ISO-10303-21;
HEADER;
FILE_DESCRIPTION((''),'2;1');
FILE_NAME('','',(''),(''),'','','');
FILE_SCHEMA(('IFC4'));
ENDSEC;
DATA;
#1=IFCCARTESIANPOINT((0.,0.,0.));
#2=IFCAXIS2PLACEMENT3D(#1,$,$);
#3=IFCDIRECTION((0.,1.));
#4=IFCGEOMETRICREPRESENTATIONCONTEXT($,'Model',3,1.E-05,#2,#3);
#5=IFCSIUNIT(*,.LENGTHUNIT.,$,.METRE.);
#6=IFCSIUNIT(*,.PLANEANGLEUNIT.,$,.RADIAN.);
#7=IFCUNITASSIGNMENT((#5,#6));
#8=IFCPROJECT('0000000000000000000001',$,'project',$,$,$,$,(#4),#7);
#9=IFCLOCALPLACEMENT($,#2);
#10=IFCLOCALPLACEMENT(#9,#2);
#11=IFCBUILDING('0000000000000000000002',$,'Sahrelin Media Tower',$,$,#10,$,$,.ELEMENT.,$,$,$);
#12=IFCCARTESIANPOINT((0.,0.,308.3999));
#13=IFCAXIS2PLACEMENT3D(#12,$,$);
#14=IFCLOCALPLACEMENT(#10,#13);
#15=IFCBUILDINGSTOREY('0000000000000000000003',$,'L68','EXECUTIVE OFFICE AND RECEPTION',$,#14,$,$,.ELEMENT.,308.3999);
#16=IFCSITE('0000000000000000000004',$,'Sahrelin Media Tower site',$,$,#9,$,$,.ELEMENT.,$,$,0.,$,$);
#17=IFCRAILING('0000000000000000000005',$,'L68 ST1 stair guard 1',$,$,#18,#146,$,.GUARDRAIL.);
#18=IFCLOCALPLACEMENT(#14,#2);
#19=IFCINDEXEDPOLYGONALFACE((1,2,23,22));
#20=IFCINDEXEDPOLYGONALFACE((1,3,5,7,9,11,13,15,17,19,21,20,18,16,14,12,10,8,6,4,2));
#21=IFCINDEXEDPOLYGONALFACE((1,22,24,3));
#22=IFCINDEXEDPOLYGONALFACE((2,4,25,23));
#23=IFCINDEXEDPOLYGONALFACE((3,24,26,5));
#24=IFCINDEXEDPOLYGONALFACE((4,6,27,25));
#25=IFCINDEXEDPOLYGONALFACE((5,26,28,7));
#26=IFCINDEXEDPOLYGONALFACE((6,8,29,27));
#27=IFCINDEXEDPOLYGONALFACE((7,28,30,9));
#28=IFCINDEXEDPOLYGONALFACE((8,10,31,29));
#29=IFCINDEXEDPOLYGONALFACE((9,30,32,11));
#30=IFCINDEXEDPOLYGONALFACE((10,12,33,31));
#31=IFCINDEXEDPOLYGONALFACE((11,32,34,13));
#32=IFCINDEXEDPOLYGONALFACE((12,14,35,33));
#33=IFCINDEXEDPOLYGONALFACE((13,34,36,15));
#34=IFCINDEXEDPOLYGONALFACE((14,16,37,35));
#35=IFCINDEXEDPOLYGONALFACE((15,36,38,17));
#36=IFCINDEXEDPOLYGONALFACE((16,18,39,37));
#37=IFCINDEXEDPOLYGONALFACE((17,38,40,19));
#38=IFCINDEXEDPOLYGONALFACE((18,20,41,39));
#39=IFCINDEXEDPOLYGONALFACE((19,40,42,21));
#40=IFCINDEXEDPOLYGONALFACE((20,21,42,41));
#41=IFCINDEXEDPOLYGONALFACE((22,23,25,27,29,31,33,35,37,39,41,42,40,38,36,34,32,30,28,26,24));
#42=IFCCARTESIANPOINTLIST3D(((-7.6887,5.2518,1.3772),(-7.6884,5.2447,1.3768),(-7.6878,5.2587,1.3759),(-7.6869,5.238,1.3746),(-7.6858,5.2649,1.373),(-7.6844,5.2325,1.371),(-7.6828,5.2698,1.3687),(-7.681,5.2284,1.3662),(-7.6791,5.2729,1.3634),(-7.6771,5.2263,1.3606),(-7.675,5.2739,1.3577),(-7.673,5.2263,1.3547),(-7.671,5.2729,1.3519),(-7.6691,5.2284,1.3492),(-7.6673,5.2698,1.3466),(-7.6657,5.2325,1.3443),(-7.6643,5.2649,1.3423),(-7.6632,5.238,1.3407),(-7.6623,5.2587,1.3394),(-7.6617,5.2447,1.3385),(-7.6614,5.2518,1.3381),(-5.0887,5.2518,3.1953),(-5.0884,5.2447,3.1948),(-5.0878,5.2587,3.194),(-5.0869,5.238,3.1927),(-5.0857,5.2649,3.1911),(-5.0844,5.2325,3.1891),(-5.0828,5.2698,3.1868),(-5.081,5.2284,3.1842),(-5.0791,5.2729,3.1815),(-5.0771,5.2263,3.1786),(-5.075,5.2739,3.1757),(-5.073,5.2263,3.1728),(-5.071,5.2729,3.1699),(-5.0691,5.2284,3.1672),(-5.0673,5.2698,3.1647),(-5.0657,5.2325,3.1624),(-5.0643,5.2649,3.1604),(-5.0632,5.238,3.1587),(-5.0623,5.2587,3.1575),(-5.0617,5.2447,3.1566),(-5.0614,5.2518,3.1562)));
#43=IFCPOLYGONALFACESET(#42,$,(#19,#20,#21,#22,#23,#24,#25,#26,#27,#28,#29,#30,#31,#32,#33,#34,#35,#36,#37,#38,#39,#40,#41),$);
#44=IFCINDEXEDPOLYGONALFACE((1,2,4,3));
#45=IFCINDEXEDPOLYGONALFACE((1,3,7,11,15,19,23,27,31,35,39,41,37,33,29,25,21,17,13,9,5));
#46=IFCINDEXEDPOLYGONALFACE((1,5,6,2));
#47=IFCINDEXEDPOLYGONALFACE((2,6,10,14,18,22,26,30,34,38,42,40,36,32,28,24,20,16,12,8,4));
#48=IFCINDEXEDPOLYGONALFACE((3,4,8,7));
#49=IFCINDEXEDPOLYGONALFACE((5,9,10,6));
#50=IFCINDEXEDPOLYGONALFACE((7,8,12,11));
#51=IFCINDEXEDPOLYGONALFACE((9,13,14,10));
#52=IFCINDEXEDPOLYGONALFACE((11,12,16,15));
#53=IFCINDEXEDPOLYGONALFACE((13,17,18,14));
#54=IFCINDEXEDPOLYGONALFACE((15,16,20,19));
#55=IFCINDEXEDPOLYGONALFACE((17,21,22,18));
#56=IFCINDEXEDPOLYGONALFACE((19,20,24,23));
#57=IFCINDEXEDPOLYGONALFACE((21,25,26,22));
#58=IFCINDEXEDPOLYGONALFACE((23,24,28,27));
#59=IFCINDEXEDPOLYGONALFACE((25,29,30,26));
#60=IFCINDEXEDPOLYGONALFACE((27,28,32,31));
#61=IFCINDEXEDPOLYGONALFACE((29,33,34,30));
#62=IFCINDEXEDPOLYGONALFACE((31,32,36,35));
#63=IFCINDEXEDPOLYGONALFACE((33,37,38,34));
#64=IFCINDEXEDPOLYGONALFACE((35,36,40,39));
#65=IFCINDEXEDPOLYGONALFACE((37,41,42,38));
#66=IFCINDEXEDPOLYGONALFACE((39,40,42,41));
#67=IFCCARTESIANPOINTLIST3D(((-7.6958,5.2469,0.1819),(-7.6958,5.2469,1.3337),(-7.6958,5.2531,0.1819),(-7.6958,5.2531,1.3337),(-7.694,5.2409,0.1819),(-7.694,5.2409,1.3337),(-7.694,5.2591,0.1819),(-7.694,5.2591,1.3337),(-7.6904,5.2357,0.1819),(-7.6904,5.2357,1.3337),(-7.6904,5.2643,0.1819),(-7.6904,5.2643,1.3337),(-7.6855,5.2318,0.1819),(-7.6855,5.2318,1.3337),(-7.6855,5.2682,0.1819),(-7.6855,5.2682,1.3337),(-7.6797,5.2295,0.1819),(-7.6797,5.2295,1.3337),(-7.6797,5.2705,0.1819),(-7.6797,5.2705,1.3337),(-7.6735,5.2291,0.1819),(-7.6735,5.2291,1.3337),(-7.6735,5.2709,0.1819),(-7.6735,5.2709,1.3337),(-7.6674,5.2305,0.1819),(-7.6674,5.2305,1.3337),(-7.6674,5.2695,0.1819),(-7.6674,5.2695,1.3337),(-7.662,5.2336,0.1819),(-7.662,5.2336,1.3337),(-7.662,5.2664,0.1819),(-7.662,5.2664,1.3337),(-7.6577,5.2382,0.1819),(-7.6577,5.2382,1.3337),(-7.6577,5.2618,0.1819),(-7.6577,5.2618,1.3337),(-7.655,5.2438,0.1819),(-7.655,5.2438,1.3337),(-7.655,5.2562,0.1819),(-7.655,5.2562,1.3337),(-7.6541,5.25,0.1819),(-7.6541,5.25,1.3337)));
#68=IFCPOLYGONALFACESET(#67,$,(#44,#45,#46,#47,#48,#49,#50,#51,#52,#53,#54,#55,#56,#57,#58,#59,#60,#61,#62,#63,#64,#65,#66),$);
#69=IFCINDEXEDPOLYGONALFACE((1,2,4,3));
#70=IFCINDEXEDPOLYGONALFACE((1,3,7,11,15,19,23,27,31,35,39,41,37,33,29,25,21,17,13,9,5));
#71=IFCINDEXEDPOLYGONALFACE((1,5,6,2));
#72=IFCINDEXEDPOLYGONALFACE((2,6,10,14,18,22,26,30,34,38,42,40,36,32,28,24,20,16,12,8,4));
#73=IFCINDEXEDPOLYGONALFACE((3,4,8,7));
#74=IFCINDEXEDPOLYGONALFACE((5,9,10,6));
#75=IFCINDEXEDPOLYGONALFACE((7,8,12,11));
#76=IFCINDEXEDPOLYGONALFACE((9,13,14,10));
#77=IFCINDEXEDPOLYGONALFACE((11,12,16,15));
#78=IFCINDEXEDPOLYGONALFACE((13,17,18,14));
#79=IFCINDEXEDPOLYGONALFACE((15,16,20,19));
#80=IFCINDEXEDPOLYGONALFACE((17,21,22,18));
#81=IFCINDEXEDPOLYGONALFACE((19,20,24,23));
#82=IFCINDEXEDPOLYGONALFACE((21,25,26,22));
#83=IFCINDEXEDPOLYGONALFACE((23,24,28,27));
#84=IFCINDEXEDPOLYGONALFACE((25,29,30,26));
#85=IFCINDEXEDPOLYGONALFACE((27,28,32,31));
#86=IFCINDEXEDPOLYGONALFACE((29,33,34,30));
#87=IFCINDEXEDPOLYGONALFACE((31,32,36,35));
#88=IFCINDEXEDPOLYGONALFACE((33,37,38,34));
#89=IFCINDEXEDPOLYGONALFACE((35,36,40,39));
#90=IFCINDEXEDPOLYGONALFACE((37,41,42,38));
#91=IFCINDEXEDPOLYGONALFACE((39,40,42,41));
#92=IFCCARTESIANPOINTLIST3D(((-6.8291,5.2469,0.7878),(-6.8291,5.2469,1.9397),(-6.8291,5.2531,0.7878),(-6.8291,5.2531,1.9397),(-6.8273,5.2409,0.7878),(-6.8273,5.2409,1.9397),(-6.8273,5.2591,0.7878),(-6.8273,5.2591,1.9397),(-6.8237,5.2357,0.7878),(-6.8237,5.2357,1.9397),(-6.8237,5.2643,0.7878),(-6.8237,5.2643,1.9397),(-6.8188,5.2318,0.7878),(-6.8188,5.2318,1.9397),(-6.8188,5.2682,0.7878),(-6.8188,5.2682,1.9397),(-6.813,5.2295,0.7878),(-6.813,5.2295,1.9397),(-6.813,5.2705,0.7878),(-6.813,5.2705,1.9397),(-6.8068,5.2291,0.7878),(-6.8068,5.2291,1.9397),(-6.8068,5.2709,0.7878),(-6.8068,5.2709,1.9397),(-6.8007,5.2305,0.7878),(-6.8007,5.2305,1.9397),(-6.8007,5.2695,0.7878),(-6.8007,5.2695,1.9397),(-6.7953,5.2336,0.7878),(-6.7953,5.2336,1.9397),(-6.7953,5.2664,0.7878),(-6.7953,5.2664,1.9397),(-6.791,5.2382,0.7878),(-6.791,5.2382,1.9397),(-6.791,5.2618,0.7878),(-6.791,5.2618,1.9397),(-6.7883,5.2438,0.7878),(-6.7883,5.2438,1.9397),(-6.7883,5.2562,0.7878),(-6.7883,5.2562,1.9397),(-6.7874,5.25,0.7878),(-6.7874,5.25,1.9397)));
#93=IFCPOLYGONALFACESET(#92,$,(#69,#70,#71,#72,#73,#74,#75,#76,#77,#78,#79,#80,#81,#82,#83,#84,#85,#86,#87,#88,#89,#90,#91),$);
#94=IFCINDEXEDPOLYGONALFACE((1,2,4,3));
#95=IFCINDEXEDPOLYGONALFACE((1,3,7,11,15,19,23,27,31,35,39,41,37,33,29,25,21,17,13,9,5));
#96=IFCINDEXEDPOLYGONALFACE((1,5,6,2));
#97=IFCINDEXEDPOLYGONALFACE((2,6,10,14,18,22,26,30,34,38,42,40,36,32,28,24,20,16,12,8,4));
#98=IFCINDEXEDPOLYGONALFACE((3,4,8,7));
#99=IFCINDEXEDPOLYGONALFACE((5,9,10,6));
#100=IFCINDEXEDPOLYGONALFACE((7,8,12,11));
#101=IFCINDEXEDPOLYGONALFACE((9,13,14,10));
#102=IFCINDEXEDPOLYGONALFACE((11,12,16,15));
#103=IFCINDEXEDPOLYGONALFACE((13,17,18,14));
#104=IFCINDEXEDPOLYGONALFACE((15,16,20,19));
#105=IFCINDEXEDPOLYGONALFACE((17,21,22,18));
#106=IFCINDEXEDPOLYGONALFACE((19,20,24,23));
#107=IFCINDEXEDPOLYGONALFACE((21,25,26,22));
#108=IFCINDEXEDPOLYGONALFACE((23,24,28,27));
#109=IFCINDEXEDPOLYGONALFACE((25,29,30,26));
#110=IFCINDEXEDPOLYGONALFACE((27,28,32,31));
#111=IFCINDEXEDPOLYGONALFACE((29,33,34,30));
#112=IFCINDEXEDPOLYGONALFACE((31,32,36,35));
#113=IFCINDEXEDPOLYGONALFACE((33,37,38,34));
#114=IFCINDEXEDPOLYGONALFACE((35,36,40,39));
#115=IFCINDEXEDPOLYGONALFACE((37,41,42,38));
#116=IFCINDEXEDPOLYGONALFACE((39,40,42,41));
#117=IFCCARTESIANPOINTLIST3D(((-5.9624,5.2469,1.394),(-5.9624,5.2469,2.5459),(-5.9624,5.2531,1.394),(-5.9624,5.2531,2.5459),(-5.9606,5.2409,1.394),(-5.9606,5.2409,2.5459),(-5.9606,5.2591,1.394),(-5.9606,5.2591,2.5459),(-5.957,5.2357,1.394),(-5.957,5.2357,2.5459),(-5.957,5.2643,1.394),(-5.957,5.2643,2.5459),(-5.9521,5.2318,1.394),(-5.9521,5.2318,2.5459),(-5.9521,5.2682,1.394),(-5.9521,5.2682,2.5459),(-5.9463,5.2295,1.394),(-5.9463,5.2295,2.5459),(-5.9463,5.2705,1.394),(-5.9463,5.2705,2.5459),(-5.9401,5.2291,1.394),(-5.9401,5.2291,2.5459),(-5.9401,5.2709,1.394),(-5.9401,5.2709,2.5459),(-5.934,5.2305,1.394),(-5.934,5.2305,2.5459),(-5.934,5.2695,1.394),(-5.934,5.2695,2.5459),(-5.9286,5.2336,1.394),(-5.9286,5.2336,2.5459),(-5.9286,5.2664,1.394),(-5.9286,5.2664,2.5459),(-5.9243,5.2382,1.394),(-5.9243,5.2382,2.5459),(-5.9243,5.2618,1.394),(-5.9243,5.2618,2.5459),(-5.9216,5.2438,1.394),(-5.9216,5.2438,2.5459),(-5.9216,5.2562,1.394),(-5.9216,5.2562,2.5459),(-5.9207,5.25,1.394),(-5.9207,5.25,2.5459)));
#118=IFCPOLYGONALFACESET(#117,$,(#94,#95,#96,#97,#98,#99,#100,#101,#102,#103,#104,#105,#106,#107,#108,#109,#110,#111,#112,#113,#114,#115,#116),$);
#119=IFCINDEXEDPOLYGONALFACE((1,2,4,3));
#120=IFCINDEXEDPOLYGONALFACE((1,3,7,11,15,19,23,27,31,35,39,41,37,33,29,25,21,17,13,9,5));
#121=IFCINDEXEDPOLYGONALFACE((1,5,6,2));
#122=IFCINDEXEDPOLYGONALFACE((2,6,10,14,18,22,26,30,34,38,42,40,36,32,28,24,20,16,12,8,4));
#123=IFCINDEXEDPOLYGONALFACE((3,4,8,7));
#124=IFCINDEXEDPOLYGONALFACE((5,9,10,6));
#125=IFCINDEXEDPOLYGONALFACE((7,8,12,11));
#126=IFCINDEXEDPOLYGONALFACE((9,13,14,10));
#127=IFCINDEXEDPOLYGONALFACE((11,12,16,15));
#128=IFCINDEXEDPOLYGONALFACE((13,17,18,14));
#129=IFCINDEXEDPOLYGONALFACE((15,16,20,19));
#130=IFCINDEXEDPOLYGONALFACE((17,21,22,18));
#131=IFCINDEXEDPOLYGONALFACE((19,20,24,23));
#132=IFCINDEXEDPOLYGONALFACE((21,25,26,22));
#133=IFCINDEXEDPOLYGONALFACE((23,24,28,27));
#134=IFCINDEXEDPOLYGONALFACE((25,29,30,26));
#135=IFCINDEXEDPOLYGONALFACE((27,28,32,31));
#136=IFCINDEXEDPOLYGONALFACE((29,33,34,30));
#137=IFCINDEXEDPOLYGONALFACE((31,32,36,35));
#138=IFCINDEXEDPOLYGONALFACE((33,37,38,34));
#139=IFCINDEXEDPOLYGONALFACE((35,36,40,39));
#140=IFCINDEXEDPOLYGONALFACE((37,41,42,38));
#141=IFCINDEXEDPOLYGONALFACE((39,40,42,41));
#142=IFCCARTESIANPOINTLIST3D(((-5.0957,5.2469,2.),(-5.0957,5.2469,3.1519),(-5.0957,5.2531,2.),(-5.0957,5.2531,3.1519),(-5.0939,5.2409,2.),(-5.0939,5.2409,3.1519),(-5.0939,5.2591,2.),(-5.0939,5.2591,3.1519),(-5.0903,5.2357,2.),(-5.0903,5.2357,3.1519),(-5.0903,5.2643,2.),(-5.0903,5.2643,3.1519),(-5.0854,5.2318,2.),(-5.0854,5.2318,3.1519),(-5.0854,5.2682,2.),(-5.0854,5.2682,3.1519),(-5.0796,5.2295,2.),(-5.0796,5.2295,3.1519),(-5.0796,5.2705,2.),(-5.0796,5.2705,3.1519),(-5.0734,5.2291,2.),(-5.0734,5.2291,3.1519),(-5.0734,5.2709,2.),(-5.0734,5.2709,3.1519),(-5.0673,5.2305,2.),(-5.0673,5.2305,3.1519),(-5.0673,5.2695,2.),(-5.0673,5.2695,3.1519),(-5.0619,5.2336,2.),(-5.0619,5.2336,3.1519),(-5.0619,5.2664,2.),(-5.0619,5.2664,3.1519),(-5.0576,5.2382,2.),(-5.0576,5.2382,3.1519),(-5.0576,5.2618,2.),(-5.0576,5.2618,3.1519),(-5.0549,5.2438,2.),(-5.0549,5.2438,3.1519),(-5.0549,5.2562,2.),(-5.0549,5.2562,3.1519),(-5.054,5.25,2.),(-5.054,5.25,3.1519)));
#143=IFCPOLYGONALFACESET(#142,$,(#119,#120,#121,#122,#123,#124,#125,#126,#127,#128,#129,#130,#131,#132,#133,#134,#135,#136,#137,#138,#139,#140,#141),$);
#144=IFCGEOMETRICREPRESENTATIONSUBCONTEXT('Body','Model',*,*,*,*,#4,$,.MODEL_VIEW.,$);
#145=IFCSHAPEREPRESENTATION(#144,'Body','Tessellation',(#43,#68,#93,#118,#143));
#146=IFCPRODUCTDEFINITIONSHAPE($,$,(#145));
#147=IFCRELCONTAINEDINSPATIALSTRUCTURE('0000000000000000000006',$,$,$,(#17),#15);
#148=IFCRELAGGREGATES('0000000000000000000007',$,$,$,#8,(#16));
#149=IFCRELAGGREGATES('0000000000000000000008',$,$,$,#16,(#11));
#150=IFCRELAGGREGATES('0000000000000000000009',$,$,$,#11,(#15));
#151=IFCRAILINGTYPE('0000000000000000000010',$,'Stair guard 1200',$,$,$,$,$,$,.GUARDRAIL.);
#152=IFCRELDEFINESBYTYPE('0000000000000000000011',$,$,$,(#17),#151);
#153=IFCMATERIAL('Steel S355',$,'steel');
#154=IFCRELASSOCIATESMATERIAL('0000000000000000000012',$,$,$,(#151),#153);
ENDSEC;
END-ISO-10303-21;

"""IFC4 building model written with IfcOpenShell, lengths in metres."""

from ifc_helpers import new_model, si_unit, direction, frame, origin, origin_2d, place, context, subcontext, project, spatial, circle, extrude, material, type_object, element, save


model = new_model("IFC4")

# Units and contexts
model_context = context("Model", 3, precision=1e-05, world=origin(), true_north=direction((0.0, 1.0)))
body_context = subcontext(model_context, "Body", "Model", "MODEL_VIEW")
ifc_project = project(units=[si_unit("LENGTHUNIT", "METRE"), si_unit("PLANEANGLEUNIT", "RADIAN")], contexts=[model_context])

# Site, building, storey
site_placement = place(None, origin())
site = spatial("IfcSite", under=ifc_project, at=site_placement, Name="Sahrelin Media Tower site", CompositionType="ELEMENT", RefElevation=0.0)
building_placement = place(site_placement, origin())
building = spatial("IfcBuilding", under=site, at=building_placement, Name="Sahrelin Media Tower", CompositionType="ELEMENT")
storey_placement = place(building_placement, frame((0.0, 0.0, 308.3999)))
storey = spatial("IfcBuildingStorey", under=building, at=storey_placement, Name="L68", Description="EXECUTIVE OFFICE AND RECEPTION", CompositionType="ELEMENT", Elevation=308.3999)

# Shared definitions
ifc_material_1 = material(Name="Steel S355", Category="steel")

# Railing
railing_type_1 = type_object("IfcRailingType", Name="Stair guard 1200", PredefinedType="GUARDRAIL", material=ifc_material_1)
railing_1_placement = place(storey_placement, frame((-7.675, 5.25, 0.1819)))
element("IfcRailing", 1, at=railing_1_placement, inside=storey, type_object=railing_type_1, Name="L68 ST1 stair guard 1", PredefinedType="GUARDRAIL", context=body_context, shape_type="SweptSolid", body=[
    extrude(circle(Radius=0.0239, at=origin_2d()), frame((0.0, 0.0, 1.1758), z_axis=(0.819521, 0.0, 0.573049), x_axis=(0.0, 1.0, 0.0)), (0.0, 0.0, 1.0), 3.1726),
    extrude(circle(Radius=0.021, at=origin_2d()), origin(), (0.0, 0.0, 1.0), 1.1519),
    extrude(circle(Radius=0.021, at=origin_2d()), frame((0.8667, 0.0, 0.606)), (0.0, 0.0, 1.0), 1.1519),
    extrude(circle(Radius=0.021, at=origin_2d()), frame((1.7334, 0.0, 1.2122)), (0.0, 0.0, 1.0), 1.1519),
    extrude(circle(Radius=0.021, at=origin_2d()), frame((2.6001, 0.0, 1.8181)), (0.0, 0.0, 1.0), 1.1519),
])

save(model, "model.ifc")
